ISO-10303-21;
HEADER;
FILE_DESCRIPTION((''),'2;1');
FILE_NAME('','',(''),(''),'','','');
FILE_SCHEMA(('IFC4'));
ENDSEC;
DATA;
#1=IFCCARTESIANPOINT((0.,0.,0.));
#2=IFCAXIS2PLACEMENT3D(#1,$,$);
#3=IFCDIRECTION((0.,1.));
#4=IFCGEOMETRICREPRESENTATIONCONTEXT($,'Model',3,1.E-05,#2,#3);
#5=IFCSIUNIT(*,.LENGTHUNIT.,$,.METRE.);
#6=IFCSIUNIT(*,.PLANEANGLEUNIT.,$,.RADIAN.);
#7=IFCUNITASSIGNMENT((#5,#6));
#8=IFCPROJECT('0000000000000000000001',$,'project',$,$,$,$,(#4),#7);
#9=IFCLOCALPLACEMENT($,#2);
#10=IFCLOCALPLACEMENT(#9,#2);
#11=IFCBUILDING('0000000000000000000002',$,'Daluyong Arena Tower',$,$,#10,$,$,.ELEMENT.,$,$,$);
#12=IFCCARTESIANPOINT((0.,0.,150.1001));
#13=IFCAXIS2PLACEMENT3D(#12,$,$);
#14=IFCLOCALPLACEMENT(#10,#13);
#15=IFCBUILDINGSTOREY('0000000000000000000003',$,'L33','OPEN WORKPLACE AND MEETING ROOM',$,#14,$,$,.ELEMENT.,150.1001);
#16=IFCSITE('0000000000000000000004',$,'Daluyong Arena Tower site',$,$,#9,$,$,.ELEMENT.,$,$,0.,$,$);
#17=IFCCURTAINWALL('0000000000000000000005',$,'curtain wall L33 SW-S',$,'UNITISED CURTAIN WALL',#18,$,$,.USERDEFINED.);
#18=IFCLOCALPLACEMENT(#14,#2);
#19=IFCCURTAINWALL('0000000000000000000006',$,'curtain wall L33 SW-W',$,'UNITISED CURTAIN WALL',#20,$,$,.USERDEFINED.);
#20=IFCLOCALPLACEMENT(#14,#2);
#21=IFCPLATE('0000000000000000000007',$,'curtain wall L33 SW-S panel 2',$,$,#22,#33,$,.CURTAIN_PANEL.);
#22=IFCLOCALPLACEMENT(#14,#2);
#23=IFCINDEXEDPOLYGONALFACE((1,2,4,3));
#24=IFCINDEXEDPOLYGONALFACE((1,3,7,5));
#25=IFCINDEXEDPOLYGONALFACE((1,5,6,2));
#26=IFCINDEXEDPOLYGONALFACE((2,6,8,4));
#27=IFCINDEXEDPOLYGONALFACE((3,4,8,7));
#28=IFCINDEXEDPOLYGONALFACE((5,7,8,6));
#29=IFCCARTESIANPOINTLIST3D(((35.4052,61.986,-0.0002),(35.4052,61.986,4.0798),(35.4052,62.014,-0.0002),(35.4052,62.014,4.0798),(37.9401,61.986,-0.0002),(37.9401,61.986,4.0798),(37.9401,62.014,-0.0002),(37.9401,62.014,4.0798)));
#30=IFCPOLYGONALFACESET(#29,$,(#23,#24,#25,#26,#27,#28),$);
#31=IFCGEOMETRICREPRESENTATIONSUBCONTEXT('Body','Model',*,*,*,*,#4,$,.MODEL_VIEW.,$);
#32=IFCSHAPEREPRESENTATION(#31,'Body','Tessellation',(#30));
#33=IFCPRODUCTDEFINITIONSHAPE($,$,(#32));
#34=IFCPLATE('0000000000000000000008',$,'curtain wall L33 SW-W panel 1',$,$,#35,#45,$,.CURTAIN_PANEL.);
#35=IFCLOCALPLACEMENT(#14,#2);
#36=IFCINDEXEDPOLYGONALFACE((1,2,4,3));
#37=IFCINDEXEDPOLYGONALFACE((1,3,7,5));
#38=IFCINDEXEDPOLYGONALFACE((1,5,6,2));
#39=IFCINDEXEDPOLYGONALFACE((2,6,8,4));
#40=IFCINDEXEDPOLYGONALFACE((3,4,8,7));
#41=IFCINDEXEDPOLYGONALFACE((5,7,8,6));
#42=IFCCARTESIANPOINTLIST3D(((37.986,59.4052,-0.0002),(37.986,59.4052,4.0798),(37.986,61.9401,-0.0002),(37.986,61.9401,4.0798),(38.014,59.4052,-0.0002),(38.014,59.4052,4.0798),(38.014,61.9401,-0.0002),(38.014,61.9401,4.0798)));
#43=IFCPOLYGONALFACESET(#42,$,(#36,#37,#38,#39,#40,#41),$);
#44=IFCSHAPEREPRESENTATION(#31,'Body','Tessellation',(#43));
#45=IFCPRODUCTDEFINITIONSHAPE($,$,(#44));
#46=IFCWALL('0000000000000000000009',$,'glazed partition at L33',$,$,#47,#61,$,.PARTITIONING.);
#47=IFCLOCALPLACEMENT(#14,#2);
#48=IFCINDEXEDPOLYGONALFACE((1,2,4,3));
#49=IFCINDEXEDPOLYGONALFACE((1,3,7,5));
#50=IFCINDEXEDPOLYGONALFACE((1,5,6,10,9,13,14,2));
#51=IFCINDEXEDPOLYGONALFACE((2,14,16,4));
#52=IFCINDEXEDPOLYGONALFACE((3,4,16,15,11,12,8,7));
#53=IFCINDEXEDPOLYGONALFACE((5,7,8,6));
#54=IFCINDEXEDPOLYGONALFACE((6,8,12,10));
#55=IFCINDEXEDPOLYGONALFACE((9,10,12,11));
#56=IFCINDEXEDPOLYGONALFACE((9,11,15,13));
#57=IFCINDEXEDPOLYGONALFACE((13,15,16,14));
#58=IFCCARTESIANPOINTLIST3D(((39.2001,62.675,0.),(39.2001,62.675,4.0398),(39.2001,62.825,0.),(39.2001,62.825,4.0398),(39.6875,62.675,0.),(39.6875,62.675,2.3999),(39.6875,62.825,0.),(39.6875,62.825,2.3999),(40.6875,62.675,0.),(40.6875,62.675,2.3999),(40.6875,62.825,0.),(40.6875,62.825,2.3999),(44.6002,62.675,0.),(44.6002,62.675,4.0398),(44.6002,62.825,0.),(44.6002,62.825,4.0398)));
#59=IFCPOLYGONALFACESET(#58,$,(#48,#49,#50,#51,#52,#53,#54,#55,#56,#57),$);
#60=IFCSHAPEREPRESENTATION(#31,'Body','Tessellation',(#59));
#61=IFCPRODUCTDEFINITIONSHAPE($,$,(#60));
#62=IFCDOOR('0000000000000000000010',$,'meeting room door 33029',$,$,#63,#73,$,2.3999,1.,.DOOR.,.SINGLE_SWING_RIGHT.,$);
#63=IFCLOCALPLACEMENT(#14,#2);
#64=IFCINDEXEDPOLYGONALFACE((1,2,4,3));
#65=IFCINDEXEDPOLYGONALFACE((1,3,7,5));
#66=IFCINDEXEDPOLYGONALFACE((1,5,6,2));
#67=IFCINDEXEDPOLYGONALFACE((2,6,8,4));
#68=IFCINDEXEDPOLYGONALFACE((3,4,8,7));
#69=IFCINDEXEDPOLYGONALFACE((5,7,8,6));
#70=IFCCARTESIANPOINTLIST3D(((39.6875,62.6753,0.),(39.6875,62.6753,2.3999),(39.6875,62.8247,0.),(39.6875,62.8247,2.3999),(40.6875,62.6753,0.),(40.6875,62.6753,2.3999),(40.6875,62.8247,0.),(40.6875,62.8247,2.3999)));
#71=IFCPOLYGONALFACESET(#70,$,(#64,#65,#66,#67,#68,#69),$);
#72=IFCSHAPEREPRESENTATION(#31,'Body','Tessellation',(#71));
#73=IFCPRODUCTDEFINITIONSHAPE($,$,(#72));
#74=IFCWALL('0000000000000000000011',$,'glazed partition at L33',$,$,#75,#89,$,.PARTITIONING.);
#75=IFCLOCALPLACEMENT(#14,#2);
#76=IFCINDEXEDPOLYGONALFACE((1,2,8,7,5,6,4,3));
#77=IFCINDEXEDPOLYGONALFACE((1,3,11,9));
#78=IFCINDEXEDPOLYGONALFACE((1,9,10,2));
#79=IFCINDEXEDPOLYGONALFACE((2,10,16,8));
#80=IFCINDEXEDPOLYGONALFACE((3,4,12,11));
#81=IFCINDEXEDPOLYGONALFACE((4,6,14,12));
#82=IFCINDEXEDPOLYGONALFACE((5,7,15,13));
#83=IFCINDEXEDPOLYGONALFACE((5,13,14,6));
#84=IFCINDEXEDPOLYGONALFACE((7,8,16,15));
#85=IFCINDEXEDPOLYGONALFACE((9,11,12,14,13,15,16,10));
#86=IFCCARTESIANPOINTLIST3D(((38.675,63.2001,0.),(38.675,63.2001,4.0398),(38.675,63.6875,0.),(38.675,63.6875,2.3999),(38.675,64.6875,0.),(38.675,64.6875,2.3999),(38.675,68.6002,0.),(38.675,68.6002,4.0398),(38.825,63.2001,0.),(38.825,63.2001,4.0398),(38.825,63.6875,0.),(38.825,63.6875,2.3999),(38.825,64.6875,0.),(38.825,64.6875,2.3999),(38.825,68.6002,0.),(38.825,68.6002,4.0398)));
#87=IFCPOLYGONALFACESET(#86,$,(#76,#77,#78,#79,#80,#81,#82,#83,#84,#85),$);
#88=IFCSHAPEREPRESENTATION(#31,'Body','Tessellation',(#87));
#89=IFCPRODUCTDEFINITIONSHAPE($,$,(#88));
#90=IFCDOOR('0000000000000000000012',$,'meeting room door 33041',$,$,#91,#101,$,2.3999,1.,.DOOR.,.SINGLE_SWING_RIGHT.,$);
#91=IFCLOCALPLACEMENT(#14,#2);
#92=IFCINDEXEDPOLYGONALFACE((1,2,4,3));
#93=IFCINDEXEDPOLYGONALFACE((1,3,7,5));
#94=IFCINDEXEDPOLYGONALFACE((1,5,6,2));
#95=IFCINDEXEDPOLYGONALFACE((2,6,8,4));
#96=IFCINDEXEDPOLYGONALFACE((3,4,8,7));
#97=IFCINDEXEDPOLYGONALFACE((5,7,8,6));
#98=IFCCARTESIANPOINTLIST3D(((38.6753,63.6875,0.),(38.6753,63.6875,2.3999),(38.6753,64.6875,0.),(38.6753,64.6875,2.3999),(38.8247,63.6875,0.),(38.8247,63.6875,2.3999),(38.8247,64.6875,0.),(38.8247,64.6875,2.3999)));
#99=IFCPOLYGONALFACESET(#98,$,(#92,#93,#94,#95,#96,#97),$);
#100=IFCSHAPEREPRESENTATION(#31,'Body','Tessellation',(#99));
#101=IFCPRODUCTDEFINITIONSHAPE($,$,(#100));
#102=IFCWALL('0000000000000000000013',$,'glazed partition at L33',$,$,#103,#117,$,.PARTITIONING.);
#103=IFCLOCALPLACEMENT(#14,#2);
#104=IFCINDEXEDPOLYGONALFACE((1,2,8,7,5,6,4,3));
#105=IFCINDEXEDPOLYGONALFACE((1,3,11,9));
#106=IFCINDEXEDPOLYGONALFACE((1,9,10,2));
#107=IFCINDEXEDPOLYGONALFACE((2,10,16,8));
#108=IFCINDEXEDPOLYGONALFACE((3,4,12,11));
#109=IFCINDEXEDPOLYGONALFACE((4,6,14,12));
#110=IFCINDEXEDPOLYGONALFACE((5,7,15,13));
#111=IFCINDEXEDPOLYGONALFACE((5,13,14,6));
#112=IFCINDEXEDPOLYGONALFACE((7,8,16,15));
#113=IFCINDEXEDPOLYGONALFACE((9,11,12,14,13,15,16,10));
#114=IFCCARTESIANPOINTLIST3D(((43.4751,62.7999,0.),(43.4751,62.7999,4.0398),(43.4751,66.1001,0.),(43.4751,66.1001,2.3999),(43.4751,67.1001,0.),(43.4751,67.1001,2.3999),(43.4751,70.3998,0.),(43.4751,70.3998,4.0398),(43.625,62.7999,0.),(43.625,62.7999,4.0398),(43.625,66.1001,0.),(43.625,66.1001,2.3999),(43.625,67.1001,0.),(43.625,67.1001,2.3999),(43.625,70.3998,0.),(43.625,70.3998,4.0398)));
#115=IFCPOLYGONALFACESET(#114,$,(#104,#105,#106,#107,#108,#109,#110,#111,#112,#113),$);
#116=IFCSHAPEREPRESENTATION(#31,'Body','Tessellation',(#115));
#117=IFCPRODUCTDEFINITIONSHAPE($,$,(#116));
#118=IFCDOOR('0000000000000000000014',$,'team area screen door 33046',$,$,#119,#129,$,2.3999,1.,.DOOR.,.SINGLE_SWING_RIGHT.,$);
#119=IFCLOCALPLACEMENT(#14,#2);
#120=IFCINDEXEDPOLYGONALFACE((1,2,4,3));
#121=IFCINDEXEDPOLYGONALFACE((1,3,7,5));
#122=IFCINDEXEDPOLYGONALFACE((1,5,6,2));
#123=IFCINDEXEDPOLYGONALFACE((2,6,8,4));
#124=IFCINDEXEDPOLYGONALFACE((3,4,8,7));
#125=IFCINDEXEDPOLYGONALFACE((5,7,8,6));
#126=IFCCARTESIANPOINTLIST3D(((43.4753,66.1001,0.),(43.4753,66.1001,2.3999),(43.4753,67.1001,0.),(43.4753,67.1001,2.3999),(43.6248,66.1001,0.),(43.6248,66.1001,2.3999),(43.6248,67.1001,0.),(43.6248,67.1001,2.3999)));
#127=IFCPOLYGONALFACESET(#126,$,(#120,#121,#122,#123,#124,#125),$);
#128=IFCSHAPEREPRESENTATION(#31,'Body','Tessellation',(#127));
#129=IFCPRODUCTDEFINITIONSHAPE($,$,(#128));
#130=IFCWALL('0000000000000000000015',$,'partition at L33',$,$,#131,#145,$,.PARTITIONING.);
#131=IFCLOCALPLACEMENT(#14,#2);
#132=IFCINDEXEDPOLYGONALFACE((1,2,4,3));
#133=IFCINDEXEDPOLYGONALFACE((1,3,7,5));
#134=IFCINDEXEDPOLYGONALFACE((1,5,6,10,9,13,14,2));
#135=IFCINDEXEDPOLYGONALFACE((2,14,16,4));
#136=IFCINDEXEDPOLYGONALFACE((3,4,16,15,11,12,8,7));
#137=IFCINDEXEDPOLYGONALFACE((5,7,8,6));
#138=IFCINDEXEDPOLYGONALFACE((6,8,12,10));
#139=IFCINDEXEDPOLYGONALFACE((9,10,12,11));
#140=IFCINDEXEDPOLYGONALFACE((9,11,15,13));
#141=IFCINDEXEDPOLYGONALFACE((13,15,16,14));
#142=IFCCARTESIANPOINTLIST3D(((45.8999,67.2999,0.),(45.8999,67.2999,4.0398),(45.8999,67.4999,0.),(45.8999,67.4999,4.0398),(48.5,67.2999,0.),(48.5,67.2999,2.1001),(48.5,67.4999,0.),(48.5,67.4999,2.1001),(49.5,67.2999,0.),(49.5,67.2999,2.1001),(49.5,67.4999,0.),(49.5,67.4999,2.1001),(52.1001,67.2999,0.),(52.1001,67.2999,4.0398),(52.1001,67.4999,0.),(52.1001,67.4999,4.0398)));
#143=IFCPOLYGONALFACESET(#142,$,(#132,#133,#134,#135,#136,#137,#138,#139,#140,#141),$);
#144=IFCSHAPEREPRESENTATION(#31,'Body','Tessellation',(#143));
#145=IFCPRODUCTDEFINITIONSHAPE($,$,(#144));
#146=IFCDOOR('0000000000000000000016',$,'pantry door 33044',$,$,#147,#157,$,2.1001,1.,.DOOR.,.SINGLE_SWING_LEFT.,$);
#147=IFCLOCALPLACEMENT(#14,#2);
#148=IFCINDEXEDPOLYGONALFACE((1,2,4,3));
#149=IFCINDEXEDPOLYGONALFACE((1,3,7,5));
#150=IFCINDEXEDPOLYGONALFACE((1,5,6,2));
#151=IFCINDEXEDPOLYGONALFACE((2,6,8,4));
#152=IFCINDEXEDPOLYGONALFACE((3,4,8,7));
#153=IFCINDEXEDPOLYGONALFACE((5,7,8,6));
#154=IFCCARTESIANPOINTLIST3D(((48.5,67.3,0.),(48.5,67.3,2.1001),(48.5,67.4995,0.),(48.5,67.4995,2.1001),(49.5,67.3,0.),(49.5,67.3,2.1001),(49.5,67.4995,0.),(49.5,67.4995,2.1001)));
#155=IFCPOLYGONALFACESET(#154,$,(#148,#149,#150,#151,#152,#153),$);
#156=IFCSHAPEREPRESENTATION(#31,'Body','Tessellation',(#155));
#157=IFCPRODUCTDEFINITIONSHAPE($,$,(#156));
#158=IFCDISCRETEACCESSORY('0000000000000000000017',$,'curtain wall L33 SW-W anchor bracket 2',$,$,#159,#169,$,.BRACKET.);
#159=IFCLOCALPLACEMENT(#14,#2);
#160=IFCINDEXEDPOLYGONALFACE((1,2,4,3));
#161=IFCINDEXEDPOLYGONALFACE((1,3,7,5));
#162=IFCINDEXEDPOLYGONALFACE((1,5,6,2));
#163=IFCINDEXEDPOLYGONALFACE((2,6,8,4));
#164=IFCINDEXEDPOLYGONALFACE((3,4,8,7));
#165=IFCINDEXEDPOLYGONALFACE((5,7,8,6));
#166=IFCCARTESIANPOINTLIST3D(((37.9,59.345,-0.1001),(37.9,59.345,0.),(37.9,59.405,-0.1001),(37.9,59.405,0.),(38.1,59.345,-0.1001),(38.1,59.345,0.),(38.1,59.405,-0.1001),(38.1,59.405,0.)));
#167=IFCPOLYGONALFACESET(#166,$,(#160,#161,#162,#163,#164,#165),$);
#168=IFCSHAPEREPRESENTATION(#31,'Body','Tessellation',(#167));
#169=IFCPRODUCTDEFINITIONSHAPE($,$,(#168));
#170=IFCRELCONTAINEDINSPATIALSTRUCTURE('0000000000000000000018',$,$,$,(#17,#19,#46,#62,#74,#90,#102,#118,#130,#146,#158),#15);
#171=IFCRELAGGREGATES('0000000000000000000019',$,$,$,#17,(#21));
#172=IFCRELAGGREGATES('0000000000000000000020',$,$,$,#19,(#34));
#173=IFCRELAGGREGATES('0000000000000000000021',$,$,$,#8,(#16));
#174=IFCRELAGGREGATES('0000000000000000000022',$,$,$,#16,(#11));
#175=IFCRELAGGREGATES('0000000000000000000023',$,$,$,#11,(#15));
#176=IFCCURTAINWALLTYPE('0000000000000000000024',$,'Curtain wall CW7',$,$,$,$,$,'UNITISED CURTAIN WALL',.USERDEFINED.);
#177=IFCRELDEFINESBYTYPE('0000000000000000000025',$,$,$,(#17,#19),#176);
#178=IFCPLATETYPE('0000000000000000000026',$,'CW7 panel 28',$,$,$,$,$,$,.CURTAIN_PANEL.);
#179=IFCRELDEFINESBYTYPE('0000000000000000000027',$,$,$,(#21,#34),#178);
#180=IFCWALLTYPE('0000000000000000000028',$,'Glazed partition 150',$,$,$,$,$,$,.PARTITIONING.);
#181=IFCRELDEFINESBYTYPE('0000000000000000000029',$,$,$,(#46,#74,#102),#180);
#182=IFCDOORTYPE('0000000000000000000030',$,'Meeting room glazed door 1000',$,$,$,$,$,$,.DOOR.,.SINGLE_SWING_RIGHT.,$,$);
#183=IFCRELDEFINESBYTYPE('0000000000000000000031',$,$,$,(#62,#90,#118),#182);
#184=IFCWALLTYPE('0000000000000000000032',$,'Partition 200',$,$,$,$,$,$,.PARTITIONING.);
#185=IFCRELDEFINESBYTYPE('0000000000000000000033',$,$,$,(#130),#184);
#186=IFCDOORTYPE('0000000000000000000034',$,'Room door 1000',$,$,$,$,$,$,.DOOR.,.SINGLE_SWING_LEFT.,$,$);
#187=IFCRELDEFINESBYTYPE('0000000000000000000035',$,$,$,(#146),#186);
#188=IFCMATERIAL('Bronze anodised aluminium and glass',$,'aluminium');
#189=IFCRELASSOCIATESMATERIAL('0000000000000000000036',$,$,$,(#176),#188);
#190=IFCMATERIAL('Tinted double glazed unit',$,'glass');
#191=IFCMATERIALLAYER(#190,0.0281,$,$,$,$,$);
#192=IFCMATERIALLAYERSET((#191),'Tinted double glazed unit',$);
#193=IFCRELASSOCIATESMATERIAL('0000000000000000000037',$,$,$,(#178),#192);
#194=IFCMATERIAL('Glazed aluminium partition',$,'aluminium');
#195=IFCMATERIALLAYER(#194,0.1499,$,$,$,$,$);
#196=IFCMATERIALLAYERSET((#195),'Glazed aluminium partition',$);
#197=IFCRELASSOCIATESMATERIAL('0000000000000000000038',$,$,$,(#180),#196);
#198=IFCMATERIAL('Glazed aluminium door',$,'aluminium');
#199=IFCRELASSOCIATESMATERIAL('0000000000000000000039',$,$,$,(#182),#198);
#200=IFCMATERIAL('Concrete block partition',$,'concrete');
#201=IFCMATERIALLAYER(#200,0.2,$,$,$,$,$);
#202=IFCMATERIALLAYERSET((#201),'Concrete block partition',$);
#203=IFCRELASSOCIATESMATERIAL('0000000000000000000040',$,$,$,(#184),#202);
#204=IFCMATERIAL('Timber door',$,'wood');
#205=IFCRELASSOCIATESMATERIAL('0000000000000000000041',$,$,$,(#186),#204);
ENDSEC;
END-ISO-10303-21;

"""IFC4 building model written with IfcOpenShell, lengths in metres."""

from ifc_helpers import new_model, si_unit, direction, frame, frame_2d, origin, origin_2d, place, context, subcontext, project, spatial, rectangle, extrude, material, layer, layer_set, type_object, element, fill, aggregate, save


model = new_model("IFC4")

# Units and contexts
model_context = context("Model", 3, precision=1e-05, world=origin(), true_north=direction((0.0, 1.0)))
body_context = subcontext(model_context, "Body", "Model", "MODEL_VIEW")
ifc_project = project(units=[si_unit("LENGTHUNIT", "METRE"), si_unit("PLANEANGLEUNIT", "RADIAN")], contexts=[model_context])

# Site, building, storey
site_placement = place(None, origin())
site = spatial("IfcSite", under=ifc_project, at=site_placement, Name="Daluyong Arena Tower site", CompositionType="ELEMENT", RefElevation=0.0)
building_placement = place(site_placement, origin())
building = spatial("IfcBuilding", under=site, at=building_placement, Name="Daluyong Arena Tower", CompositionType="ELEMENT")
storey_placement = place(building_placement, frame((0.0, 0.0, 150.1001)))
storey = spatial("IfcBuildingStorey", under=building, at=storey_placement, Name="L33", Description="OPEN WORKPLACE AND MEETING ROOM", CompositionType="ELEMENT", Elevation=150.1001)

# Curtain wall
ifc_material_1 = material(Name="Bronze anodised aluminium and glass", Category="aluminium")
curtain_wall_type = type_object("IfcCurtainWallType", Name="Curtain wall CW7", ElementType="UNITISED CURTAIN WALL", PredefinedType="USERDEFINED", material=ifc_material_1)
curtain_wall_1_placement = place(storey_placement, origin())
curtain_wall_1 = element("IfcCurtainWall", 1, at=curtain_wall_1_placement, inside=storey, type_object=curtain_wall_type, Name="curtain wall L33 SW-S", ObjectType="UNITISED CURTAIN WALL", PredefinedType="USERDEFINED")

# Curtain wall
curtain_wall_2_placement = place(storey_placement, origin())
curtain_wall_2 = element("IfcCurtainWall", 2, at=curtain_wall_2_placement, inside=storey, type_object=curtain_wall_type, Name="curtain wall L33 SW-W", ObjectType="UNITISED CURTAIN WALL", PredefinedType="USERDEFINED")

# Plates
ifc_material_2 = material(Name="Tinted double glazed unit", Category="glass")
ifc_layer_1 = layer(ifc_material_2, 0.0281)
ifc_layer_set_1 = layer_set([ifc_layer_1], Name="Tinted double glazed unit")
plate_type = type_object("IfcPlateType", Name="CW7 panel 28", PredefinedType="CURTAIN_PANEL", material=ifc_layer_set_1)
plate_1_placement = place(storey_placement, frame((36.6726, 62.0, -0.0002), z_axis=(0.0, 0.0, 1.0), x_axis=(1.0, 0.0, 0.0)))
plate_1 = element("IfcPlate", 3, at=plate_1_placement, type_object=plate_type, Name="curtain wall L33 SW-S panel 2", PredefinedType="CURTAIN_PANEL", context=body_context, shape_type="SweptSolid", body=[
    extrude(rectangle(XDim=2.5349, YDim=0.0281, at=origin_2d()), origin(), (0.0, 0.0, 1.0), 4.0801),
])
aggregate(curtain_wall_1, [plate_1])
plate_2_placement = place(storey_placement, frame((38.0, 60.6726, -0.0002), z_axis=(0.0, 0.0, 1.0), x_axis=(0.0, -1.0, 0.0)))
plate_2 = element("IfcPlate", 4, at=plate_2_placement, type_object=plate_type, Name="curtain wall L33 SW-W panel 1", PredefinedType="CURTAIN_PANEL", context=body_context, shape_type="SweptSolid", body=[
    extrude(rectangle(XDim=2.5349, YDim=0.0281, at=origin_2d()), origin(), (0.0, 0.0, 1.0), 4.0801),
])
aggregate(curtain_wall_2, [plate_2])

# Walls, openings, doors
ifc_material_3 = material(Name="Glazed aluminium partition", Category="aluminium")
ifc_layer_2 = layer(ifc_material_3, 0.1499)
ifc_layer_set_2 = layer_set([ifc_layer_2], Name="Glazed aluminium partition")
wall_type_1 = type_object("IfcWallType", Name="Glazed partition 150", PredefinedType="PARTITIONING", material=ifc_layer_set_2)
wall_1_placement = place(storey_placement, frame((39.2, 62.75, 0.0), z_axis=(0.0, 0.0, 1.0), x_axis=(1.0, 0.0, 0.0)))
wall_1 = element("IfcWall", 5, at=wall_1_placement, inside=storey, type_object=wall_type_1, Name="glazed partition at L33", PredefinedType="PARTITIONING", context=body_context, shape_type="SweptSolid", body=[
    extrude(rectangle(XDim=5.4001, YDim=0.1499, at=frame_2d((2.7002, 0.0))), origin(), (0.0, 0.0, 1.0), 4.0398),
])
opening_1_placement = place(wall_1_placement, frame((0.4875, 0.0, 0.0)))
opening_1 = element("IfcOpeningElement", 6, at=opening_1_placement, cuts=wall_1, PredefinedType="OPENING", context=body_context, shape_type="SweptSolid", body=[
    extrude(rectangle(XDim=1.0, YDim=2.3999, at=frame_2d((0.5, 1.2))), frame((0.0, 0.085, 0.0), z_axis=(0.0, -1.0, 0.0), x_axis=(1.0, 0.0, 0.0)), (0.0, 0.0, 1.0), 0.1699),
])
ifc_material_4 = material(Name="Glazed aluminium door", Category="aluminium")
door_type_1 = type_object("IfcDoorType", Name="Meeting room glazed door 1000", OperationType="SINGLE_SWING_RIGHT", PredefinedType="DOOR", material=ifc_material_4)
door_1_placement = place(opening_1_placement, origin())
door_1 = element("IfcDoor", 7, at=door_1_placement, inside=storey, type_object=door_type_1, Name="meeting room door 33029", OperationType="SINGLE_SWING_RIGHT", OverallHeight=2.3999, OverallWidth=1.0, PredefinedType="DOOR", context=body_context, shape_type="SweptSolid", body=[
    extrude(rectangle(XDim=1.0, YDim=2.3999, at=frame_2d((0.5, 1.2))), frame((0.0, 0.0747, 0.0), z_axis=(0.0, -1.0, 0.0), x_axis=(1.0, 0.0, 0.0)), (0.0, 0.0, 1.0), 0.1494),
])
fill(opening_1, door_1)
wall_2_placement = place(storey_placement, frame((38.75, 63.2, 0.0), z_axis=(0.0, 0.0, 1.0), x_axis=(0.0, 1.0, 0.0)))
wall_2 = element("IfcWall", 8, at=wall_2_placement, inside=storey, type_object=wall_type_1, Name="glazed partition at L33", PredefinedType="PARTITIONING", context=body_context, shape_type="SweptSolid", body=[
    extrude(rectangle(XDim=5.4001, YDim=0.1499, at=frame_2d((2.7002, 0.0))), origin(), (0.0, 0.0, 1.0), 4.0398),
])
opening_2_placement = place(wall_2_placement, frame((0.4875, 0.0, 0.0)))
opening_2 = element("IfcOpeningElement", 9, at=opening_2_placement, cuts=wall_2, PredefinedType="OPENING", context=body_context, shape_type="SweptSolid", body=[
    extrude(rectangle(XDim=1.0, YDim=2.3999, at=frame_2d((0.5, 1.2))), frame((0.0, 0.085, 0.0), z_axis=(0.0, -1.0, 0.0), x_axis=(1.0, 0.0, 0.0)), (0.0, 0.0, 1.0), 0.1699),
])
door_2_placement = place(opening_2_placement, origin())
door_2 = element("IfcDoor", 10, at=door_2_placement, inside=storey, type_object=door_type_1, Name="meeting room door 33041", OperationType="SINGLE_SWING_RIGHT", OverallHeight=2.3999, OverallWidth=1.0, PredefinedType="DOOR", context=body_context, shape_type="SweptSolid", body=[
    extrude(rectangle(XDim=1.0, YDim=2.3999, at=frame_2d((0.5, 1.2))), frame((0.0, 0.0747, 0.0), z_axis=(0.0, -1.0, 0.0), x_axis=(1.0, 0.0, 0.0)), (0.0, 0.0, 1.0), 0.1494),
])
fill(opening_2, door_2)
wall_3_placement = place(storey_placement, frame((43.55, 62.8, 0.0), z_axis=(0.0, 0.0, 1.0), x_axis=(0.0, 1.0, 0.0)))
wall_3 = element("IfcWall", 11, at=wall_3_placement, inside=storey, type_object=wall_type_1, Name="glazed partition at L33", PredefinedType="PARTITIONING", context=body_context, shape_type="SweptSolid", body=[
    extrude(rectangle(XDim=7.5999, YDim=0.1499, at=frame_2d((3.7998, 0.0))), origin(), (0.0, 0.0, 1.0), 4.0398),
])
opening_3_placement = place(wall_3_placement, frame((3.3, 0.0, 0.0)))
opening_3 = element("IfcOpeningElement", 12, at=opening_3_placement, cuts=wall_3, PredefinedType="OPENING", context=body_context, shape_type="SweptSolid", body=[
    extrude(rectangle(XDim=1.0, YDim=2.3999, at=frame_2d((0.5, 1.2))), frame((0.0, 0.085, 0.0), z_axis=(0.0, -1.0, 0.0), x_axis=(1.0, 0.0, 0.0)), (0.0, 0.0, 1.0), 0.1699),
])
door_3_placement = place(opening_3_placement, origin())
door_3 = element("IfcDoor", 13, at=door_3_placement, inside=storey, type_object=door_type_1, Name="team area screen door 33046", OperationType="SINGLE_SWING_RIGHT", OverallHeight=2.3999, OverallWidth=1.0, PredefinedType="DOOR", context=body_context, shape_type="SweptSolid", body=[
    extrude(rectangle(XDim=1.0, YDim=2.3999, at=frame_2d((0.5, 1.2))), frame((0.0, 0.0747, 0.0), z_axis=(0.0, -1.0, 0.0), x_axis=(1.0, 0.0, 0.0)), (0.0, 0.0, 1.0), 0.1494),
])
fill(opening_3, door_3)
ifc_material_5 = material(Name="Concrete block partition", Category="concrete")
ifc_layer_3 = layer(ifc_material_5, 0.2)
ifc_layer_set_3 = layer_set([ifc_layer_3], Name="Concrete block partition")
wall_type_2 = type_object("IfcWallType", Name="Partition 200", PredefinedType="PARTITIONING", material=ifc_layer_set_3)
wall_4_placement = place(storey_placement, frame((45.8999, 67.3999, 0.0), z_axis=(0.0, 0.0, 1.0), x_axis=(1.0, 0.0, 0.0)))
wall_4 = element("IfcWall", 14, at=wall_4_placement, inside=storey, type_object=wall_type_2, Name="partition at L33", PredefinedType="PARTITIONING", context=body_context, shape_type="SweptSolid", body=[
    extrude(rectangle(XDim=6.2002, YDim=0.2, at=frame_2d((3.1001, 0.0))), origin(), (0.0, 0.0, 1.0), 4.0398),
])
opening_4_placement = place(wall_4_placement, frame((2.6001, 0.0, 0.0)))
opening_4 = element("IfcOpeningElement", 15, at=opening_4_placement, cuts=wall_4, PredefinedType="OPENING", context=body_context, shape_type="SweptSolid", body=[
    extrude(rectangle(XDim=1.0, YDim=2.1001, at=frame_2d((0.5, 1.05))), frame((0.0, 0.1099, 0.0), z_axis=(0.0, -1.0, 0.0), x_axis=(1.0, 0.0, 0.0)), (0.0, 0.0, 1.0), 0.22),
])
ifc_material_6 = material(Name="Timber door", Category="wood")
door_type_2 = type_object("IfcDoorType", Name="Room door 1000", OperationType="SINGLE_SWING_LEFT", PredefinedType="DOOR", material=ifc_material_6)
door_4_placement = place(opening_4_placement, origin())
door_4 = element("IfcDoor", 16, at=door_4_placement, inside=storey, type_object=door_type_2, Name="pantry door 33044", OperationType="SINGLE_SWING_LEFT", OverallHeight=2.1001, OverallWidth=1.0, PredefinedType="DOOR", context=body_context, shape_type="SweptSolid", body=[
    extrude(rectangle(XDim=1.0, YDim=2.1001, at=frame_2d((0.5, 1.05))), frame((0.0, 0.0996, 0.0), z_axis=(0.0, -1.0, 0.0), x_axis=(1.0, 0.0, 0.0)), (0.0, 0.0, 1.0), 0.1995),
])
fill(opening_4, door_4)

# Discrete accessory
discrete_accessory_placement = place(storey_placement, frame((38.0, 59.375, -0.1001), z_axis=(0.0, 0.0, 1.0), x_axis=(0.0, -1.0, 0.0)))
element("IfcDiscreteAccessory", 17, at=discrete_accessory_placement, inside=storey, Name="curtain wall L33 SW-W anchor bracket 2", PredefinedType="BRACKET", context=body_context, shape_type="SweptSolid", body=[
    extrude(rectangle(XDim=0.0601, YDim=0.2, at=origin_2d()), origin(), (0.0, 0.0, 1.0), 0.1001),
])

save(model, "model.ifc")
